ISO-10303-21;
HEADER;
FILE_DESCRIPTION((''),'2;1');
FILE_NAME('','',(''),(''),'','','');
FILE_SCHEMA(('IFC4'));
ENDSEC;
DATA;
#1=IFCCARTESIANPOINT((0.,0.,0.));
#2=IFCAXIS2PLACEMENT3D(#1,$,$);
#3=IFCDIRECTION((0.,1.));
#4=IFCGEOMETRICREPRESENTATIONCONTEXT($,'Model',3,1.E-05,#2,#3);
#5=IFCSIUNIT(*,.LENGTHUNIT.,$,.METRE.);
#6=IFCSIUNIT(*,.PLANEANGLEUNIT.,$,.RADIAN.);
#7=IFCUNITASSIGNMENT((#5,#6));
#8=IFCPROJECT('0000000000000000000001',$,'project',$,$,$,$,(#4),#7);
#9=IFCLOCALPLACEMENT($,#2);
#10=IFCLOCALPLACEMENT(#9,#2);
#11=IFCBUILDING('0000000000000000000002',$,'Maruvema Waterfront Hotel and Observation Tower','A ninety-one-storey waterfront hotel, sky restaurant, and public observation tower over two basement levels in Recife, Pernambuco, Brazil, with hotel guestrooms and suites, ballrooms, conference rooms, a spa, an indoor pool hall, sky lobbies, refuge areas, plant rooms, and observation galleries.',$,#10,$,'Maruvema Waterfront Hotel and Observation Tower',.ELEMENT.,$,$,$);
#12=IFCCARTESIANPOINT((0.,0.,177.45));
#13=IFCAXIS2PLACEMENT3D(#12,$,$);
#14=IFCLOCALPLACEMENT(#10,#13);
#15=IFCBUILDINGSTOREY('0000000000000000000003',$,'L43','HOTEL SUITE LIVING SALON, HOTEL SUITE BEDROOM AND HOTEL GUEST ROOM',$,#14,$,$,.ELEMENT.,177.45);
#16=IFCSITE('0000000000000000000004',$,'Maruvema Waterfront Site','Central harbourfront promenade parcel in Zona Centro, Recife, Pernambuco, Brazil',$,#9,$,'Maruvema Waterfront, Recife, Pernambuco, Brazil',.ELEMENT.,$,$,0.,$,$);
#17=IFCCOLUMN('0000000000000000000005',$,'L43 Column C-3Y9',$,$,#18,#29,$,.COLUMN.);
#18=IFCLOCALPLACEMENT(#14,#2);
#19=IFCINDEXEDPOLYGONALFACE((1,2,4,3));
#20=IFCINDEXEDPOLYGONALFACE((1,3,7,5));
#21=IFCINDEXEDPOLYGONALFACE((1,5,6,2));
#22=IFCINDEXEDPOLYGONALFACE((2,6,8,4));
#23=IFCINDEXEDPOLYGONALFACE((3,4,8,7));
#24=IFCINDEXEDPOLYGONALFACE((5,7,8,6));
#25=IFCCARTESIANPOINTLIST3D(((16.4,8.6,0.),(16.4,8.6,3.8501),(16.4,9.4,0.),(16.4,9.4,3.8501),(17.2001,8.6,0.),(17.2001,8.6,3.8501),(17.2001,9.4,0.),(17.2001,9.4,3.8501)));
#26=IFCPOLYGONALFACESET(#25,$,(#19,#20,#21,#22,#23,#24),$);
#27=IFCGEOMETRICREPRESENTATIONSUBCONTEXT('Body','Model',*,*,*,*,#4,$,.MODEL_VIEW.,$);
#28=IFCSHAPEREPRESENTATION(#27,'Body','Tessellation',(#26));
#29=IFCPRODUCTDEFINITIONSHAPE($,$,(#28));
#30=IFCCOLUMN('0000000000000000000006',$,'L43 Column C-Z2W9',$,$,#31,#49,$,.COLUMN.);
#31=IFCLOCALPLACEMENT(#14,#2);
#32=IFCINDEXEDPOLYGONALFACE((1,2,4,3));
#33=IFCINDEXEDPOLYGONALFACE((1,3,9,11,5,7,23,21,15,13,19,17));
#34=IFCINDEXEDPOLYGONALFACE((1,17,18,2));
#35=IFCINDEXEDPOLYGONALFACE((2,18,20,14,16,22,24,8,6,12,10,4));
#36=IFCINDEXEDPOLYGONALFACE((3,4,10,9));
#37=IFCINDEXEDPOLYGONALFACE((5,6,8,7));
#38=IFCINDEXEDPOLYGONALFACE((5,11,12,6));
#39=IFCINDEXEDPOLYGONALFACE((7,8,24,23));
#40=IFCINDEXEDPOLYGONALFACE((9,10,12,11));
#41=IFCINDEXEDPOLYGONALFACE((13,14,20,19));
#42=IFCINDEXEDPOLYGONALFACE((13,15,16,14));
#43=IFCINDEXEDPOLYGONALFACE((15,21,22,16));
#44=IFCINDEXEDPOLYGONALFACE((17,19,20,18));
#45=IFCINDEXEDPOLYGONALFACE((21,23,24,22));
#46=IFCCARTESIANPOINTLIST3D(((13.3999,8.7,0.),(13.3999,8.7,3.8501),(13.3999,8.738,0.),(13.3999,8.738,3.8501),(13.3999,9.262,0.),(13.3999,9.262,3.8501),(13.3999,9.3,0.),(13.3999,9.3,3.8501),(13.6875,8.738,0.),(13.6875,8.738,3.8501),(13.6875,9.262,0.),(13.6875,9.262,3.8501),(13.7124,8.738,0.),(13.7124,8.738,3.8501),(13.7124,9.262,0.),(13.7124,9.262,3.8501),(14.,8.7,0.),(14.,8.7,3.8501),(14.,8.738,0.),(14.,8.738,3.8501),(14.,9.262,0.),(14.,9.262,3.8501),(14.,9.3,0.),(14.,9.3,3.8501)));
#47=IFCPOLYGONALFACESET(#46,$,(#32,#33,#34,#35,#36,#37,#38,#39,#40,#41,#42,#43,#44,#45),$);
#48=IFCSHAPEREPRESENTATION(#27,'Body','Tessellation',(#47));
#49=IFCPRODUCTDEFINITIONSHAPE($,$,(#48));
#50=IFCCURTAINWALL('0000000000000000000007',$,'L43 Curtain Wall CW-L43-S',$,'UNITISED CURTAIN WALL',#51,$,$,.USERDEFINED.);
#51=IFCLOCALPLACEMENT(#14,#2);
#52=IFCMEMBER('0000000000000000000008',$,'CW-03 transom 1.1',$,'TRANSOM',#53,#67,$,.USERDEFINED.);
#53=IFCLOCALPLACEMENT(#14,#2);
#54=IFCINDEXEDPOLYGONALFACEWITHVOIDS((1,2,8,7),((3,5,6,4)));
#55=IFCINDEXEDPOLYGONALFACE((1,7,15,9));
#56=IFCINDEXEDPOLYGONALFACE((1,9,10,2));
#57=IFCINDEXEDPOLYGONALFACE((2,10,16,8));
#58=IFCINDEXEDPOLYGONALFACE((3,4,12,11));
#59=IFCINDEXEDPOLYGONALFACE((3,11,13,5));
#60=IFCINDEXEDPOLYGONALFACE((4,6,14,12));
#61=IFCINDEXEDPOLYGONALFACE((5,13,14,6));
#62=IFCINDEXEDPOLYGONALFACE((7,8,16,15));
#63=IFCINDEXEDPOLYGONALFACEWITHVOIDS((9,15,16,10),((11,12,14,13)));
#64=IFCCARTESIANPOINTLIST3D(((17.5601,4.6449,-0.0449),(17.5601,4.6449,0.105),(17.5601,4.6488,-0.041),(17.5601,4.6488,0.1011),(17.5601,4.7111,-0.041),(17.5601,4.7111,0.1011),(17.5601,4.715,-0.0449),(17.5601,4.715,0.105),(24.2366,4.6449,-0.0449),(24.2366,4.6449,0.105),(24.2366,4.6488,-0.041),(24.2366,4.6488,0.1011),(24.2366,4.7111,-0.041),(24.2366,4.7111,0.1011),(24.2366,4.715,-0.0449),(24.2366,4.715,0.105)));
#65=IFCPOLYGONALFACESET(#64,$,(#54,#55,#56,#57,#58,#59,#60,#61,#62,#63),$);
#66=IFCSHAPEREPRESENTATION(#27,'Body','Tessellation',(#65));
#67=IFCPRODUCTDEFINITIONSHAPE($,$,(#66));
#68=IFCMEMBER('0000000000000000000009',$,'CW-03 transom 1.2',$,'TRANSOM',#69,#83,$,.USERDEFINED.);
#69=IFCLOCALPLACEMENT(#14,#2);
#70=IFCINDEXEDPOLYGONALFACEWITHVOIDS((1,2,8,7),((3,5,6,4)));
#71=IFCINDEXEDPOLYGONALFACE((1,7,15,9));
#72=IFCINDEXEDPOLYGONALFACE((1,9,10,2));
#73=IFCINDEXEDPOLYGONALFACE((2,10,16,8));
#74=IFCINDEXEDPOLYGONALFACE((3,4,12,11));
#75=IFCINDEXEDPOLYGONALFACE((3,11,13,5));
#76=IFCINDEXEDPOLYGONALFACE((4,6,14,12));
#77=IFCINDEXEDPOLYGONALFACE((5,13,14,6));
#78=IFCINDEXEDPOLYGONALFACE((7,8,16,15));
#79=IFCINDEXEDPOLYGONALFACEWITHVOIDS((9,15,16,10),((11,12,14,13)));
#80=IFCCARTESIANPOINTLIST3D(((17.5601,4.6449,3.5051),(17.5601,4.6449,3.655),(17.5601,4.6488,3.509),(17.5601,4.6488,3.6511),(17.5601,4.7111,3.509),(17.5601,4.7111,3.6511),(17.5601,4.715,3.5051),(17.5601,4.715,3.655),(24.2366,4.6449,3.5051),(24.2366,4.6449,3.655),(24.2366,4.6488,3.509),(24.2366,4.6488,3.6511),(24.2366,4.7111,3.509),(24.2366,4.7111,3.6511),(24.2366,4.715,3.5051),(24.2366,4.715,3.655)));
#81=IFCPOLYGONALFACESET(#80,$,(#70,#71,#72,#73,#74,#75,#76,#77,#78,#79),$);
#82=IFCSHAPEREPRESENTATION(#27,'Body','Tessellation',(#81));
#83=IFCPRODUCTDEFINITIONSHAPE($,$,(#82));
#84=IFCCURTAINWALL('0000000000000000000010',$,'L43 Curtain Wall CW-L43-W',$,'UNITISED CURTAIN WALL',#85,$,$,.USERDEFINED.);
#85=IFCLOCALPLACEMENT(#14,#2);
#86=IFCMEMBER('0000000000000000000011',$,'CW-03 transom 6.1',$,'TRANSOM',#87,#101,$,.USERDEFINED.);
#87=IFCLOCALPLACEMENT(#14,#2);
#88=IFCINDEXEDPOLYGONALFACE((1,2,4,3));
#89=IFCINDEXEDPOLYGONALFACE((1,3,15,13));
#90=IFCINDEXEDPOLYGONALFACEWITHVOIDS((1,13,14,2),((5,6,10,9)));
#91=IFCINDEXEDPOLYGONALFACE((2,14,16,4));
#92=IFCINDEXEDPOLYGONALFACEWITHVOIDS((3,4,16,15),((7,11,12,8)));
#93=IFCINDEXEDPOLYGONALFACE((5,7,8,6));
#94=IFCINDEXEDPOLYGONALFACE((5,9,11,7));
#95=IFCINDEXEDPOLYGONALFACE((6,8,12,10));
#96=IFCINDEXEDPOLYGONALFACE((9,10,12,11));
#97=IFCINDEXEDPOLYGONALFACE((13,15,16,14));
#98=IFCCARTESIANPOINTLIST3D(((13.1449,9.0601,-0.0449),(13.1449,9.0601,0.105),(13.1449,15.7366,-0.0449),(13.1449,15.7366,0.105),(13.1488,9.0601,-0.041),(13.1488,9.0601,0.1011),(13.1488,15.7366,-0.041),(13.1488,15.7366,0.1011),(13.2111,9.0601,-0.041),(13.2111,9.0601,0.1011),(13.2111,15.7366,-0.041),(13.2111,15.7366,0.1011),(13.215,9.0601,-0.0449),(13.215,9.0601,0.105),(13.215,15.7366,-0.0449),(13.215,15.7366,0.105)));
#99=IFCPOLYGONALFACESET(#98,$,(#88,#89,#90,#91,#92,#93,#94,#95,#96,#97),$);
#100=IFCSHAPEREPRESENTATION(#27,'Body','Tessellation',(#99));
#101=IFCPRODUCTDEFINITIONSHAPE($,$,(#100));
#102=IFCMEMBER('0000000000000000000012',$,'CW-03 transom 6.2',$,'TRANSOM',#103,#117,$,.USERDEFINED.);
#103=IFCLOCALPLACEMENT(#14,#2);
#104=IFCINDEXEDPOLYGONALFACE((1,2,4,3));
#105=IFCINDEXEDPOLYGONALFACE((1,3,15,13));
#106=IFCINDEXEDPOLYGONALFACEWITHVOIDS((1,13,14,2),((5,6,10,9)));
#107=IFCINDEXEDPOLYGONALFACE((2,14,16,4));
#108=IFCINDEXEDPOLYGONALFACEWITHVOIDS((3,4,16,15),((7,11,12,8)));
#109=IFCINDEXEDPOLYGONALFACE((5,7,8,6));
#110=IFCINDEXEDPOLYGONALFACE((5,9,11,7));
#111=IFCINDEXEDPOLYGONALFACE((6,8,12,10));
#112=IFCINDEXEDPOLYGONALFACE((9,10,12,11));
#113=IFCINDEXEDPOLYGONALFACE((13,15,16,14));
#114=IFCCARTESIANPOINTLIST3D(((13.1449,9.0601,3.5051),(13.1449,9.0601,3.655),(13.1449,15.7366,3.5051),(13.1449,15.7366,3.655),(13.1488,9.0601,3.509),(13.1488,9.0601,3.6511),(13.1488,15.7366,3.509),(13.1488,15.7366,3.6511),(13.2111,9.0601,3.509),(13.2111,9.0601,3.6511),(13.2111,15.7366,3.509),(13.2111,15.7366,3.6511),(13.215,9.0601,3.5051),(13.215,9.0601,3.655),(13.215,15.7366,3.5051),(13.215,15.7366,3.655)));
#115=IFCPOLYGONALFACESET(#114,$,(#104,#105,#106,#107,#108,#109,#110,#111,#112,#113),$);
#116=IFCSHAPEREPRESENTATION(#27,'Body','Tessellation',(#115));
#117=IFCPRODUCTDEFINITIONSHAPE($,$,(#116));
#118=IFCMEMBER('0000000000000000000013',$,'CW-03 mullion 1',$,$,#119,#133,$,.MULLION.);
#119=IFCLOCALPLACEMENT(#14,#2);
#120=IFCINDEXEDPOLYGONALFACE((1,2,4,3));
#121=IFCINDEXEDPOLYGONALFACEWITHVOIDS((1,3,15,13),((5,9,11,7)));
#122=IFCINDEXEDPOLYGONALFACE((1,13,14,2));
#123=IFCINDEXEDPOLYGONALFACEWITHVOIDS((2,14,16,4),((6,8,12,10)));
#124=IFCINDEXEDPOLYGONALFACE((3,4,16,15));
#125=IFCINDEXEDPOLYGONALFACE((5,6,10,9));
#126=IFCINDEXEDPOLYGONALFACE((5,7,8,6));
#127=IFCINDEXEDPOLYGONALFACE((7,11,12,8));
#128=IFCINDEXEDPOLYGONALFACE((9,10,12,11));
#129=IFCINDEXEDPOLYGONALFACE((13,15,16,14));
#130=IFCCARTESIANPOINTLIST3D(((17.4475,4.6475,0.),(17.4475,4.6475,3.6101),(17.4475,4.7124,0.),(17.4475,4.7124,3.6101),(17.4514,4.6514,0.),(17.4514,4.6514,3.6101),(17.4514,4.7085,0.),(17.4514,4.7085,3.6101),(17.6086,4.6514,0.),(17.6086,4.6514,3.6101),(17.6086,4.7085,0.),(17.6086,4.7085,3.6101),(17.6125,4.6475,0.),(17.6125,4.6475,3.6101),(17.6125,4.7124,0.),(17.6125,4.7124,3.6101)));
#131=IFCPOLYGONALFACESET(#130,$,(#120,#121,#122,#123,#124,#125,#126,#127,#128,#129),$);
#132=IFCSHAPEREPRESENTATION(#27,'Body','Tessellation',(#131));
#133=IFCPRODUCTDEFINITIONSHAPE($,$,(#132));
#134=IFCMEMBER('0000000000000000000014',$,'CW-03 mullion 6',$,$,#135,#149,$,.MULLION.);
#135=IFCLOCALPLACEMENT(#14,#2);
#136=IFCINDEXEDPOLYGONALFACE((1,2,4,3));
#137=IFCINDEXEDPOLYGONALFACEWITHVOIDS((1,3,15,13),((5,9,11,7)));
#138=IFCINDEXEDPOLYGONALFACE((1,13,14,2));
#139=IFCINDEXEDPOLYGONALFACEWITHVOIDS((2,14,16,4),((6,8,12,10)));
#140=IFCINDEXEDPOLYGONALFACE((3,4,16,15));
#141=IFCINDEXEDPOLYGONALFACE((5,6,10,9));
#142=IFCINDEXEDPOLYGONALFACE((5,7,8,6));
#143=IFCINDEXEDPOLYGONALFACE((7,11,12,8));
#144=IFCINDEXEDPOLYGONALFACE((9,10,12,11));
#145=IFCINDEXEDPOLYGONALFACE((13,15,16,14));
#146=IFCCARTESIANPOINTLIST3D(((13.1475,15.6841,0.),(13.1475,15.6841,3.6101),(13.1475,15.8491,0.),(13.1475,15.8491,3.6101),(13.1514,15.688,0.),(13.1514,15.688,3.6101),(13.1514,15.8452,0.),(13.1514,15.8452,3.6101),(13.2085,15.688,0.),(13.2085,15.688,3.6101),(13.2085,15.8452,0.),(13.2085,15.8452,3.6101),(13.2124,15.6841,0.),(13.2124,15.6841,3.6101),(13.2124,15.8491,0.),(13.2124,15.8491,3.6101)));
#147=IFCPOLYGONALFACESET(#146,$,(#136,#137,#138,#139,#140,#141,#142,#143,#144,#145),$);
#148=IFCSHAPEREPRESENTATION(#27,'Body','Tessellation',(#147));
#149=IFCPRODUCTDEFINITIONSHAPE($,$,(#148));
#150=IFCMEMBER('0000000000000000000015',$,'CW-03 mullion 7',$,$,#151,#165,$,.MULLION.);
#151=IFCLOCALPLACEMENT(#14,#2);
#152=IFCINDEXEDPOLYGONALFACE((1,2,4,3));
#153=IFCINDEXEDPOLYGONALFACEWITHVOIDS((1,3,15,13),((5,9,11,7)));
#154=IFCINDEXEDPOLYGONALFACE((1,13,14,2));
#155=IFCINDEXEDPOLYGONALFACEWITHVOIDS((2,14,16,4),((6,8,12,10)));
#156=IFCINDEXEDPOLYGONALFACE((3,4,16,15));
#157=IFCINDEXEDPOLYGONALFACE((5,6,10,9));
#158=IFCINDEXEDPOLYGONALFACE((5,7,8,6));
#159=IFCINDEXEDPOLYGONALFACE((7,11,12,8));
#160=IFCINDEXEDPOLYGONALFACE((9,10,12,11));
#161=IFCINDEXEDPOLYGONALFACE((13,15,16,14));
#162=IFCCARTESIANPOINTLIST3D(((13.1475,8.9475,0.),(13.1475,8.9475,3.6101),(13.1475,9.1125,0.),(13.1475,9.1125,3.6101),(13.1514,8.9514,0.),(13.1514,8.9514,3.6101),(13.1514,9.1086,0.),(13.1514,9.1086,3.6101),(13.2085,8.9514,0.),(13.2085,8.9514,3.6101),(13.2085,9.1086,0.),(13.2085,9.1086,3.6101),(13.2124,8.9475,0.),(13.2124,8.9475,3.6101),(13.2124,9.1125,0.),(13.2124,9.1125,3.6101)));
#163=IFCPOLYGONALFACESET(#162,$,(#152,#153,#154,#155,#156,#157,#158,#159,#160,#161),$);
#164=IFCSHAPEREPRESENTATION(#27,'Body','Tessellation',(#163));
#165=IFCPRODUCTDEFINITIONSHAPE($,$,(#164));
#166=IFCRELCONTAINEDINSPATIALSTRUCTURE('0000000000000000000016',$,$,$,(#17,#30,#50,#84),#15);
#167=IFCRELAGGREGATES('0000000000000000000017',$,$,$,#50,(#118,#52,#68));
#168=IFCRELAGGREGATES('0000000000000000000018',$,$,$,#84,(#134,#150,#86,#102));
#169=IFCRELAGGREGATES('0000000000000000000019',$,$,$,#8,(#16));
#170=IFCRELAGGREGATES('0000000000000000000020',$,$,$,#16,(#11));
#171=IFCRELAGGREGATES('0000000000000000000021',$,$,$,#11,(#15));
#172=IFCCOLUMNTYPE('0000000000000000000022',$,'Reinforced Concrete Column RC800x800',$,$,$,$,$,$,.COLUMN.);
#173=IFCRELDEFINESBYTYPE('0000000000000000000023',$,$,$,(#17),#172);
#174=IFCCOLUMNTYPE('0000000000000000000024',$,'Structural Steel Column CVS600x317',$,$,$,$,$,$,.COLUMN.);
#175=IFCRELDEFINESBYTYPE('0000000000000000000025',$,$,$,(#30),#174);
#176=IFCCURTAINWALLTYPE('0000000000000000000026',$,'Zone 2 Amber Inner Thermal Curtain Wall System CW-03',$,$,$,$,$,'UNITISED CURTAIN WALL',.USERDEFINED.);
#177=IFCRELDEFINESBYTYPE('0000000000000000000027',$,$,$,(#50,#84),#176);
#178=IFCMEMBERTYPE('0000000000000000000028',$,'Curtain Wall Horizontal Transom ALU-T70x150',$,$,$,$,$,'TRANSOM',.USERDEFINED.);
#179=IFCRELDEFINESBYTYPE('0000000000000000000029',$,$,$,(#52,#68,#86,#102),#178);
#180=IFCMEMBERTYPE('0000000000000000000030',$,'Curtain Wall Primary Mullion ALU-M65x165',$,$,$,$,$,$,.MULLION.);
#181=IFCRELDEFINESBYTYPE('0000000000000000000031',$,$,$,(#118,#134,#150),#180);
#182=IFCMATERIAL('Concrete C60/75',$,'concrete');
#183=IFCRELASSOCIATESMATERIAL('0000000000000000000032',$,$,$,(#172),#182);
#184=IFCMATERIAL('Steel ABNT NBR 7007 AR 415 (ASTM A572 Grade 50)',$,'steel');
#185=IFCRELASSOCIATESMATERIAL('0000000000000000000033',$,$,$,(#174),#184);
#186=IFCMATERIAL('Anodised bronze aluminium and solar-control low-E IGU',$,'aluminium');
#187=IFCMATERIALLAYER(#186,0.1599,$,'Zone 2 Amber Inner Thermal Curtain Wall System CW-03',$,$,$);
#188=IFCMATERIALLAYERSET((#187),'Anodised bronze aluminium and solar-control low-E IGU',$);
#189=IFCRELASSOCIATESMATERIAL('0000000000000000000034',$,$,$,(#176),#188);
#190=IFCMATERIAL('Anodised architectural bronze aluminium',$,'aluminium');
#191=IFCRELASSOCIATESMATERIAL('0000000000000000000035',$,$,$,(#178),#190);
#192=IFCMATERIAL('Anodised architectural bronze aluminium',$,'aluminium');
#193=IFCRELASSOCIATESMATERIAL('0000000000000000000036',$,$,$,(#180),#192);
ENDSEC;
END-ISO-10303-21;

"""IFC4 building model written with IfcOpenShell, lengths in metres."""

from ifc_helpers import new_model, si_unit, direction, frame, origin, origin_2d, place, context, subcontext, project, spatial, rectangle, hollow_rectangle, i_section, extrude, material, layer, layer_set, material_profile, profile_set, type_object, element, aggregate, save


model = new_model("IFC4")

# Units and contexts
model_context = context("Model", 3, precision=1e-05, world=origin(), true_north=direction((0.0, 1.0)))
body_context = subcontext(model_context, "Body", "Model", "MODEL_VIEW")
ifc_project = project(units=[si_unit("LENGTHUNIT", "METRE"), si_unit("PLANEANGLEUNIT", "RADIAN")], contexts=[model_context])

# Site, building, storey
site_placement = place(None, origin())
site = spatial("IfcSite", under=ifc_project, at=site_placement, Name="Maruvema Waterfront Site", Description="Central harbourfront promenade parcel in Zona Centro, Recife, Pernambuco, Brazil", LongName="Maruvema Waterfront, Recife, Pernambuco, Brazil", CompositionType="ELEMENT", RefElevation=0.0)
building_placement = place(site_placement, origin())
building = spatial("IfcBuilding", under=site, at=building_placement, Name="Maruvema Waterfront Hotel and Observation Tower", Description="A ninety-one-storey waterfront hotel, sky restaurant, and public observation tower over two basement levels in Recife, Pernambuco, Brazil, with hotel guestrooms and suites, ballrooms, conference rooms, a spa, an indoor pool hall, sky lobbies, refuge areas, plant rooms, and observation galleries.", LongName="Maruvema Waterfront Hotel and Observation Tower", CompositionType="ELEMENT")
storey_placement = place(building_placement, frame((0.0, 0.0, 177.45)))
storey = spatial("IfcBuildingStorey", under=building, at=storey_placement, Name="L43", Description="HOTEL SUITE LIVING SALON, HOTEL SUITE BEDROOM AND HOTEL GUEST ROOM", CompositionType="ELEMENT", Elevation=177.45)

# Columns
ifc_material_1 = material(Name="Concrete C60/75", Category="concrete")
ifc_material_profile_1 = material_profile(ifc_material_1, rectangle(XDim=0.8, YDim=0.8, at=origin_2d()), Name="RC800x800")
ifc_profile_set_1 = profile_set([ifc_material_profile_1], Name="Concrete C60/75")
column_type_1 = type_object("IfcColumnType", Name="Reinforced Concrete Column RC800x800", PredefinedType="COLUMN", material=ifc_profile_set_1)
column_1_placement = place(storey_placement, frame((16.8, 9.0, 0.0), z_axis=(0.0, 0.0, 1.0), x_axis=(1.0, 0.0, 0.0)))
element("IfcColumn", 1, at=column_1_placement, inside=storey, type_object=column_type_1, Name="L43 Column C-3Y9", PredefinedType="COLUMN", context=body_context, shape_type="SweptSolid", body=[
    extrude(rectangle(XDim=0.8, YDim=0.8, at=origin_2d()), origin(), (0.0, 0.0, 1.0), 3.8501),
])
ifc_material_2 = material(Name="Steel ABNT NBR 7007 AR 415 (ASTM A572 Grade 50)", Category="steel")
ifc_material_profile_2 = material_profile(ifc_material_2, i_section(OverallWidth=0.6001, OverallDepth=0.6001, WebThickness=0.0249, FlangeThickness=0.0381, at=origin_2d()), Name="CVS600x317")
ifc_profile_set_2 = profile_set([ifc_material_profile_2], Name="Steel ABNT NBR 7007 AR 415 (ASTM A572 Grade 50)")
column_type_2 = type_object("IfcColumnType", Name="Structural Steel Column CVS600x317", PredefinedType="COLUMN", material=ifc_profile_set_2)
column_2_placement = place(storey_placement, frame((13.7, 9.0, 0.0), z_axis=(0.0, 0.0, 1.0), x_axis=(1.0, 0.0, 0.0)))
element("IfcColumn", 2, at=column_2_placement, inside=storey, type_object=column_type_2, Name="L43 Column C-Z2W9", PredefinedType="COLUMN", context=body_context, shape_type="SweptSolid", body=[
    extrude(i_section(OverallWidth=0.6001, OverallDepth=0.6001, WebThickness=0.0249, FlangeThickness=0.0381, at=origin_2d()), origin(), (0.0, 0.0, 1.0), 3.8501),
])

# Curtain walls, members
ifc_material_3 = material(Name="Anodised bronze aluminium and solar-control low-E IGU", Category="aluminium")
ifc_layer_1 = layer(ifc_material_3, 0.1599, Name="Zone 2 Amber Inner Thermal Curtain Wall System CW-03")
ifc_layer_set_1 = layer_set([ifc_layer_1], Name="Anodised bronze aluminium and solar-control low-E IGU")
curtain_wall_type = type_object("IfcCurtainWallType", Name="Zone 2 Amber Inner Thermal Curtain Wall System CW-03", ElementType="UNITISED CURTAIN WALL", PredefinedType="USERDEFINED", material=ifc_layer_set_1)
curtain_wall_1_placement = place(storey_placement, origin())
curtain_wall_1 = element("IfcCurtainWall", 3, at=curtain_wall_1_placement, inside=storey, type_object=curtain_wall_type, Name="L43 Curtain Wall CW-L43-S", ObjectType="UNITISED CURTAIN WALL", PredefinedType="USERDEFINED")
ifc_material_4 = material(Name="Anodised architectural bronze aluminium", Category="aluminium")
ifc_material_profile_3 = material_profile(ifc_material_4, hollow_rectangle(XDim=0.0701, YDim=0.1499, WallThickness=0.0039, at=origin_2d()), Name="ALU-T70x150")
ifc_profile_set_3 = profile_set([ifc_material_profile_3], Name="Anodised architectural bronze aluminium")
member_type_1 = type_object("IfcMemberType", Name="Curtain Wall Horizontal Transom ALU-T70x150", ElementType="TRANSOM", PredefinedType="USERDEFINED", material=ifc_profile_set_3)
member_1_placement = place(storey_placement, frame((17.5601, 4.6799, 0.03), z_axis=(1.0, 0.0, 0.0), x_axis=(0.0, 1.0, 0.0)))
member_1 = element("IfcMember", 4, at=member_1_placement, type_object=member_type_1, Name="CW-03 transom 1.1", ObjectType="TRANSOM", PredefinedType="USERDEFINED", context=body_context, shape_type="SweptSolid", body=[
    extrude(hollow_rectangle(XDim=0.0701, YDim=0.1499, WallThickness=0.0039, at=origin_2d()), origin(), (0.0, 0.0, 1.0), 6.6765),
])
member_2_placement = place(storey_placement, frame((17.5601, 4.6799, 3.5801), z_axis=(1.0, 0.0, 0.0), x_axis=(0.0, 1.0, 0.0)))
member_2 = element("IfcMember", 5, at=member_2_placement, type_object=member_type_1, Name="CW-03 transom 1.2", ObjectType="TRANSOM", PredefinedType="USERDEFINED", context=body_context, shape_type="SweptSolid", body=[
    extrude(hollow_rectangle(XDim=0.0701, YDim=0.1499, WallThickness=0.0039, at=origin_2d()), origin(), (0.0, 0.0, 1.0), 6.6765),
])
curtain_wall_2_placement = place(storey_placement, origin())
curtain_wall_2 = element("IfcCurtainWall", 6, at=curtain_wall_2_placement, inside=storey, type_object=curtain_wall_type, Name="L43 Curtain Wall CW-L43-W", ObjectType="UNITISED CURTAIN WALL", PredefinedType="USERDEFINED")
member_3_placement = place(storey_placement, frame((13.1799, 15.7366, 0.03), z_axis=(0.0, -1.0, 0.0), x_axis=(1.0, 0.0, 0.0)))
member_3 = element("IfcMember", 7, at=member_3_placement, type_object=member_type_1, Name="CW-03 transom 6.1", ObjectType="TRANSOM", PredefinedType="USERDEFINED", context=body_context, shape_type="SweptSolid", body=[
    extrude(hollow_rectangle(XDim=0.0701, YDim=0.1499, WallThickness=0.0039, at=origin_2d()), origin(), (0.0, 0.0, 1.0), 6.6765),
])
member_4_placement = place(storey_placement, frame((13.1799, 15.7366, 3.5801), z_axis=(0.0, -1.0, 0.0), x_axis=(1.0, 0.0, 0.0)))
member_4 = element("IfcMember", 8, at=member_4_placement, type_object=member_type_1, Name="CW-03 transom 6.2", ObjectType="TRANSOM", PredefinedType="USERDEFINED", context=body_context, shape_type="SweptSolid", body=[
    extrude(hollow_rectangle(XDim=0.0701, YDim=0.1499, WallThickness=0.0039, at=origin_2d()), origin(), (0.0, 0.0, 1.0), 6.6765),
])

# Members
ifc_material_5 = material(Name="Anodised architectural bronze aluminium", Category="aluminium")
ifc_material_profile_4 = material_profile(ifc_material_5, hollow_rectangle(XDim=0.0649, YDim=0.165, WallThickness=0.0039, at=origin_2d()), Name="ALU-M65x165")
ifc_profile_set_4 = profile_set([ifc_material_profile_4], Name="Anodised architectural bronze aluminium")
member_type_2 = type_object("IfcMemberType", Name="Curtain Wall Primary Mullion ALU-M65x165", PredefinedType="MULLION", material=ifc_profile_set_4)
member_5_placement = place(storey_placement, frame((17.53, 4.6799, 0.0), z_axis=(0.0, 0.0, 1.0), x_axis=(0.0, 1.0, 0.0)))
member_5 = element("IfcMember", 9, at=member_5_placement, type_object=member_type_2, Name="CW-03 mullion 1", PredefinedType="MULLION", context=body_context, shape_type="SweptSolid", body=[
    extrude(hollow_rectangle(XDim=0.0649, YDim=0.165, WallThickness=0.0039, at=origin_2d()), origin(), (0.0, 0.0, 1.0), 3.6101),
])
member_6_placement = place(storey_placement, frame((13.1799, 15.7666, 0.0), z_axis=(0.0, 0.0, 1.0), x_axis=(1.0, 0.0, 0.0)))
member_6 = element("IfcMember", 10, at=member_6_placement, type_object=member_type_2, Name="CW-03 mullion 6", PredefinedType="MULLION", context=body_context, shape_type="SweptSolid", body=[
    extrude(hollow_rectangle(XDim=0.0649, YDim=0.165, WallThickness=0.0039, at=origin_2d()), origin(), (0.0, 0.0, 1.0), 3.6101),
])
member_7_placement = place(storey_placement, frame((13.1799, 9.03, 0.0), z_axis=(0.0, 0.0, 1.0), x_axis=(1.0, 0.0, 0.0)))
member_7 = element("IfcMember", 11, at=member_7_placement, type_object=member_type_2, Name="CW-03 mullion 7", PredefinedType="MULLION", context=body_context, shape_type="SweptSolid", body=[
    extrude(hollow_rectangle(XDim=0.0649, YDim=0.165, WallThickness=0.0039, at=origin_2d()), origin(), (0.0, 0.0, 1.0), 3.6101),
])

aggregate(curtain_wall_1, [member_5, member_1, member_2])
aggregate(curtain_wall_2, [member_6, member_7, member_3, member_4])

save(model, "model.ifc")
